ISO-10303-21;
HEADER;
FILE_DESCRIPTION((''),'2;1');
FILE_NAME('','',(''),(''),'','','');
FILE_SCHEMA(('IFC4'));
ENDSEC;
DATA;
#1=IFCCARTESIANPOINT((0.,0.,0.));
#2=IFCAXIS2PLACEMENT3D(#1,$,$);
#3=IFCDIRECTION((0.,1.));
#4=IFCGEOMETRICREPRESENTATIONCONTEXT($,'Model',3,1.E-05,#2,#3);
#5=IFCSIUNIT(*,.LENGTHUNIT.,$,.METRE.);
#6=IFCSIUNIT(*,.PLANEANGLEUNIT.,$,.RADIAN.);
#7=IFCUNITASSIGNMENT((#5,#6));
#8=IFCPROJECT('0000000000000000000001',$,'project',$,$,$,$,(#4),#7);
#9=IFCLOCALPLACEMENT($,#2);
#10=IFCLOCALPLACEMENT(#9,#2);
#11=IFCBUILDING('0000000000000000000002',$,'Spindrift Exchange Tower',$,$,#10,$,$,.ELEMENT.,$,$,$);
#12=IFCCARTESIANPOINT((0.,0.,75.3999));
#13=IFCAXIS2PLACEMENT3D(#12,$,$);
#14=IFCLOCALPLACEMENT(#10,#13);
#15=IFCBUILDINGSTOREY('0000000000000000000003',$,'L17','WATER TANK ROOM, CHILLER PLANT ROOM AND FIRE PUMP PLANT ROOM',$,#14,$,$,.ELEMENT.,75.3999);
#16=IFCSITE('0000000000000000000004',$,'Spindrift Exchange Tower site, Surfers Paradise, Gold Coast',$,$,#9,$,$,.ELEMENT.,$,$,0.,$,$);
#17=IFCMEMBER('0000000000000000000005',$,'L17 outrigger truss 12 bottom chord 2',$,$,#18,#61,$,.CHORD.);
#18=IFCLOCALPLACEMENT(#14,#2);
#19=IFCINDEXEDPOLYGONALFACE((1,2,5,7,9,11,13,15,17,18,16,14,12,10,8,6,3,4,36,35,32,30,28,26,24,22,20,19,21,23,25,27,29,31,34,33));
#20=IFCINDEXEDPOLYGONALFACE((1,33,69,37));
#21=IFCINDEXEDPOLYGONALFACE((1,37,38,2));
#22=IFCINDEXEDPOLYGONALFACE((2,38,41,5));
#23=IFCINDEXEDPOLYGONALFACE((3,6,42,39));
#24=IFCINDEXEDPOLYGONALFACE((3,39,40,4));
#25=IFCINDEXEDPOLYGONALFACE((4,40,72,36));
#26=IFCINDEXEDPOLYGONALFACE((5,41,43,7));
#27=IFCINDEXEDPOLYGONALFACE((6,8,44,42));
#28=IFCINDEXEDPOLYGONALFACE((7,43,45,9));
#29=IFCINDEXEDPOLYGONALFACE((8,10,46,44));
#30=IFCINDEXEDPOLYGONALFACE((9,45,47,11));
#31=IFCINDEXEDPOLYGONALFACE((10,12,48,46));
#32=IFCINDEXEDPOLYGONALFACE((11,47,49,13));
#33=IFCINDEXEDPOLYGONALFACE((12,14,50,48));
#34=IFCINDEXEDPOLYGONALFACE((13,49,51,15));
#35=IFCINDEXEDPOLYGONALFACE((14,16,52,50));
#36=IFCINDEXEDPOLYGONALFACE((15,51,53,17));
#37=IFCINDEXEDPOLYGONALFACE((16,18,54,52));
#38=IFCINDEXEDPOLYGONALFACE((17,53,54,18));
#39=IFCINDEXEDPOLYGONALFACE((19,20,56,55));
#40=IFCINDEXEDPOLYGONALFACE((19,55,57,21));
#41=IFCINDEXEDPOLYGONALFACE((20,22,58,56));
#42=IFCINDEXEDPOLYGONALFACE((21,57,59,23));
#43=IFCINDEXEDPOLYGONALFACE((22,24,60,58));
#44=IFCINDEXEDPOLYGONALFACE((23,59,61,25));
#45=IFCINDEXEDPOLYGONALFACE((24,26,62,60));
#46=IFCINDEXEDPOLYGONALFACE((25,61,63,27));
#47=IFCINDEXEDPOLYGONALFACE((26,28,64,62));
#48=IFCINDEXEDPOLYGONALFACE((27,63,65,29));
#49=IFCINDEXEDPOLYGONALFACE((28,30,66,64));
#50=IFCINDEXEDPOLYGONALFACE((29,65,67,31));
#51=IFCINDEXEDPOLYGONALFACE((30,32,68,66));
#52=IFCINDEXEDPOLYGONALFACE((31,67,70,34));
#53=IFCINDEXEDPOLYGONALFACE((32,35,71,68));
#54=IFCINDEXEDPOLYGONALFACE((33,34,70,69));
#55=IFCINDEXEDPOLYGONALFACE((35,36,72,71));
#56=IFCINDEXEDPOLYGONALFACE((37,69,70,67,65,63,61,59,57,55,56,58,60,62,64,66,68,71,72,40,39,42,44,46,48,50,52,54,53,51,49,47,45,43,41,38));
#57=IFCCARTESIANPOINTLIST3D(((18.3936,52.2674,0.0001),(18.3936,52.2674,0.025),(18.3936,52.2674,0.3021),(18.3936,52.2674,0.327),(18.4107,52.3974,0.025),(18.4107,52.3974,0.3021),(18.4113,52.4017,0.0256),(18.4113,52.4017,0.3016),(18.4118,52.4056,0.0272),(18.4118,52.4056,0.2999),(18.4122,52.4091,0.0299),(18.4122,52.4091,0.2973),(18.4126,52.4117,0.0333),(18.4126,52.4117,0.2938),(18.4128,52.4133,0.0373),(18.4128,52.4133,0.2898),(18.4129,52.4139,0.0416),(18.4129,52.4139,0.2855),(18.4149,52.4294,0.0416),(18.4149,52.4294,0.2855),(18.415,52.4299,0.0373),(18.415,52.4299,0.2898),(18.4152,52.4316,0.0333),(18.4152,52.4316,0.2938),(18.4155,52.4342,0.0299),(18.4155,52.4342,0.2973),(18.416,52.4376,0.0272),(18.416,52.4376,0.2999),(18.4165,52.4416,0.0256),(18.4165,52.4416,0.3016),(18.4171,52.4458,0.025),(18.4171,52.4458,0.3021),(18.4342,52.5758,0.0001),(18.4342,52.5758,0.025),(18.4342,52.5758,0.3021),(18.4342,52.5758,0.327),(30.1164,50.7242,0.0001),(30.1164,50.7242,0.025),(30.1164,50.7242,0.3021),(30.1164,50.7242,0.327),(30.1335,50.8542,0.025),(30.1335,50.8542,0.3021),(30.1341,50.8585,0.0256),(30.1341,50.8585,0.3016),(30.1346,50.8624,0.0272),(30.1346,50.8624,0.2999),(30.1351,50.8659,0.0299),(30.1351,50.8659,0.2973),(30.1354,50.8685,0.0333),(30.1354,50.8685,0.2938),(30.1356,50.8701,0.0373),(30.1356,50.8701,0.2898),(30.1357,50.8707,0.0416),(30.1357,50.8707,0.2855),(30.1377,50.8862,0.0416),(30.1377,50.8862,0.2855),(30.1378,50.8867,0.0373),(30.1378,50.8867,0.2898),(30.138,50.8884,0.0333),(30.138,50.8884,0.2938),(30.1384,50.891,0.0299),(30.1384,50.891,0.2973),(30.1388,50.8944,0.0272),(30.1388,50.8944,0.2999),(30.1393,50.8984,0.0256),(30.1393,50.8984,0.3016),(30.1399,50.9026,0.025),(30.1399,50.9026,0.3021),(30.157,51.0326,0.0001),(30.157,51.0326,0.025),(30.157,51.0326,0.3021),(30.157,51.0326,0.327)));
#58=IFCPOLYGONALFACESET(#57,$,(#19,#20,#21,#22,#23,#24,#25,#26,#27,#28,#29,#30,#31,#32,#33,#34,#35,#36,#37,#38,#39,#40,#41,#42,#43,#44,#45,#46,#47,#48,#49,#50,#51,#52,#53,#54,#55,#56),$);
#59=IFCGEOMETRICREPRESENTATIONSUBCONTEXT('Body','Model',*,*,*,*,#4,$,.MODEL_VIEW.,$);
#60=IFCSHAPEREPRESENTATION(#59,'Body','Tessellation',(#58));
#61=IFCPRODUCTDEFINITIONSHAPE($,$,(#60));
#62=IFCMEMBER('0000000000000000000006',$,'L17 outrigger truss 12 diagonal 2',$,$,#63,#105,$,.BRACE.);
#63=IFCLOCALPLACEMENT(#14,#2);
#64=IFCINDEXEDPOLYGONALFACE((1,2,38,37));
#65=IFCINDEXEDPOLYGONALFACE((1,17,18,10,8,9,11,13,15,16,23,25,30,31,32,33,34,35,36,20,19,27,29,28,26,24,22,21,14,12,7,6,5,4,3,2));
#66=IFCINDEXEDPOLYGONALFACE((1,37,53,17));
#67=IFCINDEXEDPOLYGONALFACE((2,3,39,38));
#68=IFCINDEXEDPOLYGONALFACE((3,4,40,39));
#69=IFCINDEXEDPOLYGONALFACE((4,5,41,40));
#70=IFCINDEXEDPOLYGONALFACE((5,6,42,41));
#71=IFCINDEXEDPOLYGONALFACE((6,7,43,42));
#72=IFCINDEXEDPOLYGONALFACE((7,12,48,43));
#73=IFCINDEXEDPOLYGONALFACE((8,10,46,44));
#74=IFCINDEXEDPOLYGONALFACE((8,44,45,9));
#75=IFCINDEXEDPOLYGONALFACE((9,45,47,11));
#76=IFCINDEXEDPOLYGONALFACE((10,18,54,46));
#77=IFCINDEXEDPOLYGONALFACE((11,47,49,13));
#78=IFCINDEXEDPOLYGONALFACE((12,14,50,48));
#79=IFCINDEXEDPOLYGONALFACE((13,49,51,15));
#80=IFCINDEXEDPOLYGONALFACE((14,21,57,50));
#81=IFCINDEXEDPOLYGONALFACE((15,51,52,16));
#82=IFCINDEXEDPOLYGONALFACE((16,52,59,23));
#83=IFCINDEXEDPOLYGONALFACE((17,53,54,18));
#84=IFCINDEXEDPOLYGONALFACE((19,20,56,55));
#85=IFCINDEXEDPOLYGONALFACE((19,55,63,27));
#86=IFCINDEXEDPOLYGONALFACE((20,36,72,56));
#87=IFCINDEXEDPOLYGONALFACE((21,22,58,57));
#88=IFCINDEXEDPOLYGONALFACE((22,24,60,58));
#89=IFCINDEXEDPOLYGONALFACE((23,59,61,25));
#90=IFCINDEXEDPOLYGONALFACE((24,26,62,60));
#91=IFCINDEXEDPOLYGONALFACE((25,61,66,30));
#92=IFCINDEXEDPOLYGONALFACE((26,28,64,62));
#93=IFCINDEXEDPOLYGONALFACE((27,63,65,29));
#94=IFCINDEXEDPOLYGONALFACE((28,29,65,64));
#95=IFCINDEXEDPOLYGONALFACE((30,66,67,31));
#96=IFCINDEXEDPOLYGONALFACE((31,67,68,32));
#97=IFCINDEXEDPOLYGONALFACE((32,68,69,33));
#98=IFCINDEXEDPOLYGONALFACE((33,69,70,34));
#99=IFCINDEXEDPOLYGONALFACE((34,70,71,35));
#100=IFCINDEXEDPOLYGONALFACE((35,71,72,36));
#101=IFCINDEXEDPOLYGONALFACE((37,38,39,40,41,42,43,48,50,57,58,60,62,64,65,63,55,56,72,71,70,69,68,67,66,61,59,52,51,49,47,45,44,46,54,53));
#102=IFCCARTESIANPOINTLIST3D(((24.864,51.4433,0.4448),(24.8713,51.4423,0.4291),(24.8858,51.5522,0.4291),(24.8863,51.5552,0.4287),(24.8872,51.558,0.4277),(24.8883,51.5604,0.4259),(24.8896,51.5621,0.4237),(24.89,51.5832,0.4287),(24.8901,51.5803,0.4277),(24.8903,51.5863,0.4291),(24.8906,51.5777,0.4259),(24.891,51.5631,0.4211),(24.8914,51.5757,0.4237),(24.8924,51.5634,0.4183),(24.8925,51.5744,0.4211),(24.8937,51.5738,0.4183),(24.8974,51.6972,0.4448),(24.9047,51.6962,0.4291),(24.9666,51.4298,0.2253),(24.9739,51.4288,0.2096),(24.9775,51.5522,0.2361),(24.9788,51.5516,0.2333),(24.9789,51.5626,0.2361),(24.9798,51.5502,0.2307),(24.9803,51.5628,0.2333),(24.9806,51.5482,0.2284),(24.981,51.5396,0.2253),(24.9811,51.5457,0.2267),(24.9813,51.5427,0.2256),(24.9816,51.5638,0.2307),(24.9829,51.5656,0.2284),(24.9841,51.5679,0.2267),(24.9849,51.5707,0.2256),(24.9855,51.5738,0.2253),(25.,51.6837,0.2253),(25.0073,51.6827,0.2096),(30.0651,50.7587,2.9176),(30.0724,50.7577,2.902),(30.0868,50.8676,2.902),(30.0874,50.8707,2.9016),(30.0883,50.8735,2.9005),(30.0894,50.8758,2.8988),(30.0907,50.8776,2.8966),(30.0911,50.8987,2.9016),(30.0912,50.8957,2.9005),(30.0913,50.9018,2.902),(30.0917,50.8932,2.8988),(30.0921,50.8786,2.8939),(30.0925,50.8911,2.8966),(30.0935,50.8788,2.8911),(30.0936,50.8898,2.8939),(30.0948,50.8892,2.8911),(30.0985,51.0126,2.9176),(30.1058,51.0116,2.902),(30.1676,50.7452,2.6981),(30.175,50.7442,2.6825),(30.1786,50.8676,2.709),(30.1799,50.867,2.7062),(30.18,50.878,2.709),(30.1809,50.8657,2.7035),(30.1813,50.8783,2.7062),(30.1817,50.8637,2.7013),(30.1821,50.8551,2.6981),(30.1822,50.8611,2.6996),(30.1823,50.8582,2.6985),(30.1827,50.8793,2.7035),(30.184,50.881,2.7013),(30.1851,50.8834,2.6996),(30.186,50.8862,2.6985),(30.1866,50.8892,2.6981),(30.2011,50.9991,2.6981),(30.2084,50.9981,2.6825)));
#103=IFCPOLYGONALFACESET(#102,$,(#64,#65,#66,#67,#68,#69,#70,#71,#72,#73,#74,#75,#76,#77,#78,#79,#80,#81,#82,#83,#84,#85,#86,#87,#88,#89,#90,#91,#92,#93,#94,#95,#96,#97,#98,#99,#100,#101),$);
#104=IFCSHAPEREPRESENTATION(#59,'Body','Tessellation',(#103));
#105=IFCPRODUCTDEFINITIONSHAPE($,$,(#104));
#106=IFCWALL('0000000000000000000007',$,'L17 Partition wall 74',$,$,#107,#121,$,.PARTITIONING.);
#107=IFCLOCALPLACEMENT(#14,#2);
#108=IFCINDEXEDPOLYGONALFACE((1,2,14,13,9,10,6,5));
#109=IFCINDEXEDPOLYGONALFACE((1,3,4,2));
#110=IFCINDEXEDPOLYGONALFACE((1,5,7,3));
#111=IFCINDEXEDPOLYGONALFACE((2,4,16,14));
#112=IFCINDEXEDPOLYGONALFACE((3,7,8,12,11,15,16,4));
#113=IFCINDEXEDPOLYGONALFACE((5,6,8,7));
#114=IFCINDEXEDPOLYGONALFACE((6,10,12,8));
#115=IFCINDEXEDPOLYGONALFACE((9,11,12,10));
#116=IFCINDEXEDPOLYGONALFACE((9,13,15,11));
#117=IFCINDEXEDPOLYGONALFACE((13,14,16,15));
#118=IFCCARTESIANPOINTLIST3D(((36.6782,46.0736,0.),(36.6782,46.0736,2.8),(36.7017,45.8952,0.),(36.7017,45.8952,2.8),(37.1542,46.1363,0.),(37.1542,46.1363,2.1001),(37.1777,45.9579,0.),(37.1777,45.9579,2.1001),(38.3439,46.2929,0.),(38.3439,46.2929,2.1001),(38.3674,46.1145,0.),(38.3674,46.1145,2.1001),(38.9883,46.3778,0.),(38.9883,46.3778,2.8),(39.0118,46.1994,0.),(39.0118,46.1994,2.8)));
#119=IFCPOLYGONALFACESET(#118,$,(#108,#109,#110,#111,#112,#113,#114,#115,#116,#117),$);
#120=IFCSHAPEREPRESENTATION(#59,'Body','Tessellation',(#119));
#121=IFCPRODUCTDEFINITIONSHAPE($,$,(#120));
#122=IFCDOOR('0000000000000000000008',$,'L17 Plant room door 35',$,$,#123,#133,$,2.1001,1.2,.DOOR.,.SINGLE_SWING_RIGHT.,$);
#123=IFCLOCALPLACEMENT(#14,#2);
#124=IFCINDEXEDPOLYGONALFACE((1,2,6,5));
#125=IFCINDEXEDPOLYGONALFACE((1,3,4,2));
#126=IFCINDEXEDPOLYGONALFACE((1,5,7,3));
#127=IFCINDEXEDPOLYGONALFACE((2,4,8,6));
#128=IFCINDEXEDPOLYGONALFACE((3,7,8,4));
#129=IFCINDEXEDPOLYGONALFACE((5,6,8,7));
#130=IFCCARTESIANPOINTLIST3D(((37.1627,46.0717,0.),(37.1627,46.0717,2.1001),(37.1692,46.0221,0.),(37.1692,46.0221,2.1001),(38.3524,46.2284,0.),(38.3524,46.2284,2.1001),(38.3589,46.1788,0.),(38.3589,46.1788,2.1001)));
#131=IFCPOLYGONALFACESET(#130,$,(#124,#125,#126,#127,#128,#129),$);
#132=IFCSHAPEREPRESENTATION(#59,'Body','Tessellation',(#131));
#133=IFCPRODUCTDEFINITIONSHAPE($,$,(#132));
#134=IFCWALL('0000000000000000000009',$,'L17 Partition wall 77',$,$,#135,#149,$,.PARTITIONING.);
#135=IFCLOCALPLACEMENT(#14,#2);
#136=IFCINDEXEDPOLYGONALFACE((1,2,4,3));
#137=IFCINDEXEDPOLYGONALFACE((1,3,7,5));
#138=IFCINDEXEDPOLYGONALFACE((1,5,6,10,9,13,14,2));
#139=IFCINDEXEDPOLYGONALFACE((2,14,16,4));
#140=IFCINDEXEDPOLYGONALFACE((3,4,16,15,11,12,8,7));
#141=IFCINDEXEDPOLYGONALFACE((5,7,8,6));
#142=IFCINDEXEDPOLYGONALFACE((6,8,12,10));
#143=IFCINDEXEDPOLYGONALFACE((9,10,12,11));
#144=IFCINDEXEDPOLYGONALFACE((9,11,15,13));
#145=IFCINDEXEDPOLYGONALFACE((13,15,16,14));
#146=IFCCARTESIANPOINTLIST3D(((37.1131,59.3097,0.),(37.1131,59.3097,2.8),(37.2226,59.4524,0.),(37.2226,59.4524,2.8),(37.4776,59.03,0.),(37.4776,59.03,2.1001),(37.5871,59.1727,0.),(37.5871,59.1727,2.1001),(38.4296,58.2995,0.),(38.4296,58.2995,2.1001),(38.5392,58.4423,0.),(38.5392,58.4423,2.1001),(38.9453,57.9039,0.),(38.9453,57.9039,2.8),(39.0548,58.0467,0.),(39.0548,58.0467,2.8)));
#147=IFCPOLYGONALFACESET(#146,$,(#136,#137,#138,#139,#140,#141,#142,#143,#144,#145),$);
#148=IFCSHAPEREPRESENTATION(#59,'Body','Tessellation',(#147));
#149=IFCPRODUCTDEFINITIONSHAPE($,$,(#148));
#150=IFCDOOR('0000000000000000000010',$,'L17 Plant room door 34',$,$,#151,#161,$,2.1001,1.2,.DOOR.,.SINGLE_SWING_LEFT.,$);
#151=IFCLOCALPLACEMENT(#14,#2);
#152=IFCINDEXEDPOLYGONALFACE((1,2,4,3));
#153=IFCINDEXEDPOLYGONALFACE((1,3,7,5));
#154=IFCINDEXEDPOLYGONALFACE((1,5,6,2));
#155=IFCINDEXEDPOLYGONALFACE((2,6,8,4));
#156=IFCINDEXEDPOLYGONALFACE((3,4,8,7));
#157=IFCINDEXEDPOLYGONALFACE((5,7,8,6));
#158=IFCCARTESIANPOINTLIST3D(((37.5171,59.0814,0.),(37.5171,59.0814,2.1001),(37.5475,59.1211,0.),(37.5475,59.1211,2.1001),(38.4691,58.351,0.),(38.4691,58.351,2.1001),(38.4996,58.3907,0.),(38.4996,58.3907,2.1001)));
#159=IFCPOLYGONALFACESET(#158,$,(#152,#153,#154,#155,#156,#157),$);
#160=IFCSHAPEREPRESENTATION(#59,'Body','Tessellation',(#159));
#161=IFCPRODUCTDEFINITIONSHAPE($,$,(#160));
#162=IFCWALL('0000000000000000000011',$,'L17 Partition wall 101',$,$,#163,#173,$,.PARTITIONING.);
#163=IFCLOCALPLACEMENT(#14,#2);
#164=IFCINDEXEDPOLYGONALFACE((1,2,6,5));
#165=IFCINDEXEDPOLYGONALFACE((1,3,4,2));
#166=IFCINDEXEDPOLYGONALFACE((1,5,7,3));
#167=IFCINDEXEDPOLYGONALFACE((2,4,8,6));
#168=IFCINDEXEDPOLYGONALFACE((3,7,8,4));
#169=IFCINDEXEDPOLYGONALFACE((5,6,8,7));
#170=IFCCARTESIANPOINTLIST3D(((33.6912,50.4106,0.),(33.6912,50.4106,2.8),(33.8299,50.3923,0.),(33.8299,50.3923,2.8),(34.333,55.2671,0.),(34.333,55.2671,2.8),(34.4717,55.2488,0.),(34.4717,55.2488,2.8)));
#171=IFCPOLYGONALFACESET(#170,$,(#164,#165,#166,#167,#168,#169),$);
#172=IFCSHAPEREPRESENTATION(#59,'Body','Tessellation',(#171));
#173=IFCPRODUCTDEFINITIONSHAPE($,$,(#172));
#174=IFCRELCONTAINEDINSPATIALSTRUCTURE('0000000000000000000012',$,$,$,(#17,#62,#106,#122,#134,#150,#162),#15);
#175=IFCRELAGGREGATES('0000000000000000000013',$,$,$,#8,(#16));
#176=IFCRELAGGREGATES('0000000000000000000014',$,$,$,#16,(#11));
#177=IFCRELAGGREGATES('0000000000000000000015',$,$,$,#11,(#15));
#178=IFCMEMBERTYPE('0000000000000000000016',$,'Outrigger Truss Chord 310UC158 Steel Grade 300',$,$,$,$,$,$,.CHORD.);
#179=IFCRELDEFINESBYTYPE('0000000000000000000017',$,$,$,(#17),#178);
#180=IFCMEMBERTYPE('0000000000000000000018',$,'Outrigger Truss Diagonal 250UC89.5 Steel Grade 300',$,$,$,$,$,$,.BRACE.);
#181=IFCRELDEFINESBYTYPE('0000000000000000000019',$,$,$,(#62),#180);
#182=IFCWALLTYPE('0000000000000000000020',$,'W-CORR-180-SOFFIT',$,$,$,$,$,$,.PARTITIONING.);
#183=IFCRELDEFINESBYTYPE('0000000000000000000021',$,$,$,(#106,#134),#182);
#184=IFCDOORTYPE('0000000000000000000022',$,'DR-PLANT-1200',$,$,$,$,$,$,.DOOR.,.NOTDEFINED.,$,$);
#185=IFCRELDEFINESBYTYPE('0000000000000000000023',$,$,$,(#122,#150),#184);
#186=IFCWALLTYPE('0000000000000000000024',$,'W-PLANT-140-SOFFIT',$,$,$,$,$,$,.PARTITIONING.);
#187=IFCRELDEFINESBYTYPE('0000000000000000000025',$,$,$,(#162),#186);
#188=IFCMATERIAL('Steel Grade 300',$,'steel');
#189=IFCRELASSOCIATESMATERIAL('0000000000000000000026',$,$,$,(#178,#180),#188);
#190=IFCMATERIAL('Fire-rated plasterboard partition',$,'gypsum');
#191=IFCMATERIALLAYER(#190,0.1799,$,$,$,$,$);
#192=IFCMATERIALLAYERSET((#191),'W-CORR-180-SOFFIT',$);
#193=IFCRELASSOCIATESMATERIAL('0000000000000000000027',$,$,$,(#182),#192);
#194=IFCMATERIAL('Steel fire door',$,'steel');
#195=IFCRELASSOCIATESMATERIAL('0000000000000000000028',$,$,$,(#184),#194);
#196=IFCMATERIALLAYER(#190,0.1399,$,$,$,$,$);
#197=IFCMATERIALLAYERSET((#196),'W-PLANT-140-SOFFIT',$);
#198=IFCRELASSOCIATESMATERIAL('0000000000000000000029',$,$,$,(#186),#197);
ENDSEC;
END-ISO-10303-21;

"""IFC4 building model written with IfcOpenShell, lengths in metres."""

from ifc_helpers import new_model, si_unit, direction, frame, frame_2d, origin, origin_2d, place, context, subcontext, project, spatial, rectangle, i_section, extrude, source, transform, mapped, material, layer, layer_set, material_profile, profile_set, type_object, element, fill, save


model = new_model("IFC4")

# Units and contexts
model_context = context("Model", 3, precision=1e-05, world=origin(), true_north=direction((0.0, 1.0)))
body_context = subcontext(model_context, "Body", "Model", "MODEL_VIEW")
ifc_project = project(units=[si_unit("LENGTHUNIT", "METRE"), si_unit("PLANEANGLEUNIT", "RADIAN")], contexts=[model_context])

# Site, building, storey
site_placement = place(None, origin())
site = spatial("IfcSite", under=ifc_project, at=site_placement, Name="Spindrift Exchange Tower site, Surfers Paradise, Gold Coast", CompositionType="ELEMENT", RefElevation=0.0)
building_placement = place(site_placement, origin())
building = spatial("IfcBuilding", under=site, at=building_placement, Name="Spindrift Exchange Tower", CompositionType="ELEMENT")
storey_placement = place(building_placement, frame((0.0, 0.0, 75.3999)))
storey = spatial("IfcBuildingStorey", under=building, at=storey_placement, Name="L17", Description="WATER TANK ROOM, CHILLER PLANT ROOM AND FIRE PUMP PLANT ROOM", CompositionType="ELEMENT", Elevation=75.3999)

# Shared definitions
ifc_material_1 = material(Name="Steel Grade 300", Category="steel")

# Shared definitions
ifc_material_profile_1 = material_profile(ifc_material_1, i_section(OverallWidth=0.311, OverallDepth=0.3269, WebThickness=0.0156, FlangeThickness=0.0249, FilletRadius=0.0166, at=origin_2d()), Name="310UC158")
ifc_profile_set_1 = profile_set([ifc_material_profile_1], Name="Steel Grade 300")
member_type_1 = type_object("IfcMemberType", Name="Outrigger Truss Chord 310UC158 Steel Grade 300", PredefinedType="CHORD", material=ifc_profile_set_1)
ifc_material_profile_2 = material_profile(ifc_material_1, i_section(OverallWidth=0.2561, OverallDepth=0.26, WebThickness=0.0105, FlangeThickness=0.0173, FilletRadius=0.012, at=origin_2d()), Name="250UC89.5")
ifc_profile_set_2 = profile_set([ifc_material_profile_2], Name="Steel Grade 300")
member_type_2 = type_object("IfcMemberType", Name="Outrigger Truss Diagonal 250UC89.5 Steel Grade 300", PredefinedType="BRACE", material=ifc_profile_set_2)

# Members
shared_shape_1 = source(origin(), body_context, "Body", "SweptSolid", [
    extrude(i_section(OverallWidth=0.311, OverallDepth=0.3269, WebThickness=0.0156, FlangeThickness=0.0249, FilletRadius=0.0166, at=origin_2d()), origin(), (0.0, 0.0, 1.0), 11.824),
])
member_1_placement = place(storey_placement, frame((30.1367, 50.8784, 0.1636), z_axis=(-0.991446, 0.130515, 0.0), x_axis=(-0.130515, -0.991446, 0.0)))
element("IfcMember", 1, at=member_1_placement, inside=storey, type_object=member_type_1, Name="L17 outrigger truss 12 bottom chord 2", PredefinedType="CHORD", context=body_context, shape_type="MappedRepresentation", body=[
    mapped(shared_shape_1, transform((0.0, 0.0, 0.0), scale=1.0)),
])
shared_shape_2 = source(origin(), body_context, "Body", "SweptSolid", [
    extrude(i_section(OverallWidth=0.2561, OverallDepth=0.26, WebThickness=0.0105, FlangeThickness=0.0173, FilletRadius=0.012, at=origin_2d()), origin(), (0.0, 0.0, 1.0), 5.7996),
])
member_2_placement = place(storey_placement, frame((30.1367, 50.8784, 2.8), z_axis=(-0.896806, 0.118036, -0.426387), x_axis=(-0.130493, -0.991449, 0.0)))
element("IfcMember", 2, at=member_2_placement, inside=storey, type_object=member_type_2, Name="L17 outrigger truss 12 diagonal 2", PredefinedType="BRACE", context=body_context, shape_type="MappedRepresentation", body=[
    mapped(shared_shape_2, transform((0.0, 0.0, 0.0), scale=1.0)),
])

# Walls, openings, doors
ifc_material_2 = material(Name="Fire-rated plasterboard partition", Category="gypsum")
ifc_layer_1 = layer(ifc_material_2, 0.1799)
ifc_layer_set_1 = layer_set([ifc_layer_1], Name="W-CORR-180-SOFFIT")
wall_type_1 = type_object("IfcWallType", Name="W-CORR-180-SOFFIT", PredefinedType="PARTITIONING", material=ifc_layer_set_1)
wall_1_placement = place(storey_placement, frame((36.6899, 45.9844, 0.0), z_axis=(0.0, 0.0, 1.0), x_axis=(0.991441, 0.130558, 0.0)))
wall_1 = element("IfcWall", 3, at=wall_1_placement, inside=storey, type_object=wall_type_1, Name="L17 Partition wall 74", PredefinedType="PARTITIONING", context=body_context, shape_type="SweptSolid", body=[
    extrude(rectangle(XDim=2.3301, YDim=0.1799, at=frame_2d((1.165, 0.0))), origin(), (0.0, 0.0, 1.0), 2.8),
])
opening_1_placement = place(wall_1_placement, frame((0.48, 0.0, 0.0)))
opening_1 = element("IfcOpeningElement", 4, at=opening_1_placement, cuts=wall_1, PredefinedType="OPENING", context=body_context, shape_type="SweptSolid", body=[
    extrude(rectangle(XDim=1.2, YDim=2.1001, at=frame_2d((0.6001, 1.05))), frame((0.0, 0.0999, 0.0), z_axis=(0.0, -1.0, 0.0), x_axis=(1.0, 0.0, 0.0)), (0.0, 0.0, 1.0), 0.2),
])
ifc_material_3 = material(Name="Steel fire door", Category="steel")
door_type_1 = type_object("IfcDoorType", Name="DR-PLANT-1200", OperationType="NOTDEFINED", PredefinedType="DOOR", material=ifc_material_3)
shared_shape_3 = source(origin(), body_context, "Body", "SweptSolid", [
    extrude(rectangle(XDim=1.2, YDim=2.1001, at=frame_2d((0.6001, 1.05))), frame((0.0, 0.0249, 0.0), z_axis=(0.0, -1.0, 0.0), x_axis=(1.0, 0.0, 0.0)), (0.0, 0.0, 1.0), 0.05),
])
door_1_placement = place(opening_1_placement, origin())
door_1 = element("IfcDoor", 5, at=door_1_placement, inside=storey, type_object=door_type_1, Name="L17 Plant room door 35", OperationType="SINGLE_SWING_RIGHT", OverallHeight=2.1001, OverallWidth=1.2, PredefinedType="DOOR", context=body_context, shape_type="MappedRepresentation", body=[
    mapped(shared_shape_3, transform((0.0, 0.0, 0.0), scale=1.0)),
])
fill(opening_1, door_1)
wall_2_placement = place(storey_placement, frame((37.1677, 59.3811, 0.0), z_axis=(0.0, 0.0, 1.0), x_axis=(0.793394, -0.608709, 0.0)))
wall_2 = element("IfcWall", 6, at=wall_2_placement, inside=storey, type_object=wall_type_1, Name="L17 Partition wall 77", PredefinedType="PARTITIONING", context=body_context, shape_type="SweptSolid", body=[
    extrude(rectangle(XDim=2.3093, YDim=0.1799, at=frame_2d((1.1548, 0.0))), origin(), (0.0, 0.0, 1.0), 2.8),
])
opening_2_placement = place(wall_2_placement, frame((0.4595, 0.0, 0.0)))
opening_2 = element("IfcOpeningElement", 7, at=opening_2_placement, cuts=wall_2, PredefinedType="OPENING", context=body_context, shape_type="SweptSolid", body=[
    extrude(rectangle(XDim=1.2, YDim=2.1001, at=frame_2d((0.6001, 1.05))), frame((0.0, 0.0999, 0.0), z_axis=(0.0, -1.0, 0.0), x_axis=(1.0, 0.0, 0.0)), (0.0, 0.0, 1.0), 0.2),
])
door_2_placement = place(opening_2_placement, origin())
door_2 = element("IfcDoor", 8, at=door_2_placement, inside=storey, type_object=door_type_1, Name="L17 Plant room door 34", OperationType="SINGLE_SWING_LEFT", OverallHeight=2.1001, OverallWidth=1.2, PredefinedType="DOOR", context=body_context, shape_type="MappedRepresentation", body=[
    mapped(shared_shape_3, transform((0.0, 0.0, 0.0), scale=1.0)),
])
fill(opening_2, door_2)

# Wall
ifc_layer_2 = layer(ifc_material_2, 0.1399)
ifc_layer_set_2 = layer_set([ifc_layer_2], Name="W-PLANT-140-SOFFIT")
wall_type_2 = type_object("IfcWallType", Name="W-PLANT-140-SOFFIT", PredefinedType="PARTITIONING", material=ifc_layer_set_2)
wall_3_placement = place(storey_placement, frame((34.4023, 55.2578, 0.0), z_axis=(0.0, 0.0, 1.0), x_axis=(-0.131024, -0.991379, 0.0)))
element("IfcWall", 9, at=wall_3_placement, inside=storey, type_object=wall_type_2, Name="L17 Partition wall 101", PredefinedType="PARTITIONING", context=body_context, shape_type="SweptSolid", body=[
    extrude(rectangle(XDim=4.8987, YDim=0.1399, at=frame_2d((2.4492, 0.0))), origin(), (0.0, 0.0, 1.0), 2.8),
])

save(model, "model.ifc")
